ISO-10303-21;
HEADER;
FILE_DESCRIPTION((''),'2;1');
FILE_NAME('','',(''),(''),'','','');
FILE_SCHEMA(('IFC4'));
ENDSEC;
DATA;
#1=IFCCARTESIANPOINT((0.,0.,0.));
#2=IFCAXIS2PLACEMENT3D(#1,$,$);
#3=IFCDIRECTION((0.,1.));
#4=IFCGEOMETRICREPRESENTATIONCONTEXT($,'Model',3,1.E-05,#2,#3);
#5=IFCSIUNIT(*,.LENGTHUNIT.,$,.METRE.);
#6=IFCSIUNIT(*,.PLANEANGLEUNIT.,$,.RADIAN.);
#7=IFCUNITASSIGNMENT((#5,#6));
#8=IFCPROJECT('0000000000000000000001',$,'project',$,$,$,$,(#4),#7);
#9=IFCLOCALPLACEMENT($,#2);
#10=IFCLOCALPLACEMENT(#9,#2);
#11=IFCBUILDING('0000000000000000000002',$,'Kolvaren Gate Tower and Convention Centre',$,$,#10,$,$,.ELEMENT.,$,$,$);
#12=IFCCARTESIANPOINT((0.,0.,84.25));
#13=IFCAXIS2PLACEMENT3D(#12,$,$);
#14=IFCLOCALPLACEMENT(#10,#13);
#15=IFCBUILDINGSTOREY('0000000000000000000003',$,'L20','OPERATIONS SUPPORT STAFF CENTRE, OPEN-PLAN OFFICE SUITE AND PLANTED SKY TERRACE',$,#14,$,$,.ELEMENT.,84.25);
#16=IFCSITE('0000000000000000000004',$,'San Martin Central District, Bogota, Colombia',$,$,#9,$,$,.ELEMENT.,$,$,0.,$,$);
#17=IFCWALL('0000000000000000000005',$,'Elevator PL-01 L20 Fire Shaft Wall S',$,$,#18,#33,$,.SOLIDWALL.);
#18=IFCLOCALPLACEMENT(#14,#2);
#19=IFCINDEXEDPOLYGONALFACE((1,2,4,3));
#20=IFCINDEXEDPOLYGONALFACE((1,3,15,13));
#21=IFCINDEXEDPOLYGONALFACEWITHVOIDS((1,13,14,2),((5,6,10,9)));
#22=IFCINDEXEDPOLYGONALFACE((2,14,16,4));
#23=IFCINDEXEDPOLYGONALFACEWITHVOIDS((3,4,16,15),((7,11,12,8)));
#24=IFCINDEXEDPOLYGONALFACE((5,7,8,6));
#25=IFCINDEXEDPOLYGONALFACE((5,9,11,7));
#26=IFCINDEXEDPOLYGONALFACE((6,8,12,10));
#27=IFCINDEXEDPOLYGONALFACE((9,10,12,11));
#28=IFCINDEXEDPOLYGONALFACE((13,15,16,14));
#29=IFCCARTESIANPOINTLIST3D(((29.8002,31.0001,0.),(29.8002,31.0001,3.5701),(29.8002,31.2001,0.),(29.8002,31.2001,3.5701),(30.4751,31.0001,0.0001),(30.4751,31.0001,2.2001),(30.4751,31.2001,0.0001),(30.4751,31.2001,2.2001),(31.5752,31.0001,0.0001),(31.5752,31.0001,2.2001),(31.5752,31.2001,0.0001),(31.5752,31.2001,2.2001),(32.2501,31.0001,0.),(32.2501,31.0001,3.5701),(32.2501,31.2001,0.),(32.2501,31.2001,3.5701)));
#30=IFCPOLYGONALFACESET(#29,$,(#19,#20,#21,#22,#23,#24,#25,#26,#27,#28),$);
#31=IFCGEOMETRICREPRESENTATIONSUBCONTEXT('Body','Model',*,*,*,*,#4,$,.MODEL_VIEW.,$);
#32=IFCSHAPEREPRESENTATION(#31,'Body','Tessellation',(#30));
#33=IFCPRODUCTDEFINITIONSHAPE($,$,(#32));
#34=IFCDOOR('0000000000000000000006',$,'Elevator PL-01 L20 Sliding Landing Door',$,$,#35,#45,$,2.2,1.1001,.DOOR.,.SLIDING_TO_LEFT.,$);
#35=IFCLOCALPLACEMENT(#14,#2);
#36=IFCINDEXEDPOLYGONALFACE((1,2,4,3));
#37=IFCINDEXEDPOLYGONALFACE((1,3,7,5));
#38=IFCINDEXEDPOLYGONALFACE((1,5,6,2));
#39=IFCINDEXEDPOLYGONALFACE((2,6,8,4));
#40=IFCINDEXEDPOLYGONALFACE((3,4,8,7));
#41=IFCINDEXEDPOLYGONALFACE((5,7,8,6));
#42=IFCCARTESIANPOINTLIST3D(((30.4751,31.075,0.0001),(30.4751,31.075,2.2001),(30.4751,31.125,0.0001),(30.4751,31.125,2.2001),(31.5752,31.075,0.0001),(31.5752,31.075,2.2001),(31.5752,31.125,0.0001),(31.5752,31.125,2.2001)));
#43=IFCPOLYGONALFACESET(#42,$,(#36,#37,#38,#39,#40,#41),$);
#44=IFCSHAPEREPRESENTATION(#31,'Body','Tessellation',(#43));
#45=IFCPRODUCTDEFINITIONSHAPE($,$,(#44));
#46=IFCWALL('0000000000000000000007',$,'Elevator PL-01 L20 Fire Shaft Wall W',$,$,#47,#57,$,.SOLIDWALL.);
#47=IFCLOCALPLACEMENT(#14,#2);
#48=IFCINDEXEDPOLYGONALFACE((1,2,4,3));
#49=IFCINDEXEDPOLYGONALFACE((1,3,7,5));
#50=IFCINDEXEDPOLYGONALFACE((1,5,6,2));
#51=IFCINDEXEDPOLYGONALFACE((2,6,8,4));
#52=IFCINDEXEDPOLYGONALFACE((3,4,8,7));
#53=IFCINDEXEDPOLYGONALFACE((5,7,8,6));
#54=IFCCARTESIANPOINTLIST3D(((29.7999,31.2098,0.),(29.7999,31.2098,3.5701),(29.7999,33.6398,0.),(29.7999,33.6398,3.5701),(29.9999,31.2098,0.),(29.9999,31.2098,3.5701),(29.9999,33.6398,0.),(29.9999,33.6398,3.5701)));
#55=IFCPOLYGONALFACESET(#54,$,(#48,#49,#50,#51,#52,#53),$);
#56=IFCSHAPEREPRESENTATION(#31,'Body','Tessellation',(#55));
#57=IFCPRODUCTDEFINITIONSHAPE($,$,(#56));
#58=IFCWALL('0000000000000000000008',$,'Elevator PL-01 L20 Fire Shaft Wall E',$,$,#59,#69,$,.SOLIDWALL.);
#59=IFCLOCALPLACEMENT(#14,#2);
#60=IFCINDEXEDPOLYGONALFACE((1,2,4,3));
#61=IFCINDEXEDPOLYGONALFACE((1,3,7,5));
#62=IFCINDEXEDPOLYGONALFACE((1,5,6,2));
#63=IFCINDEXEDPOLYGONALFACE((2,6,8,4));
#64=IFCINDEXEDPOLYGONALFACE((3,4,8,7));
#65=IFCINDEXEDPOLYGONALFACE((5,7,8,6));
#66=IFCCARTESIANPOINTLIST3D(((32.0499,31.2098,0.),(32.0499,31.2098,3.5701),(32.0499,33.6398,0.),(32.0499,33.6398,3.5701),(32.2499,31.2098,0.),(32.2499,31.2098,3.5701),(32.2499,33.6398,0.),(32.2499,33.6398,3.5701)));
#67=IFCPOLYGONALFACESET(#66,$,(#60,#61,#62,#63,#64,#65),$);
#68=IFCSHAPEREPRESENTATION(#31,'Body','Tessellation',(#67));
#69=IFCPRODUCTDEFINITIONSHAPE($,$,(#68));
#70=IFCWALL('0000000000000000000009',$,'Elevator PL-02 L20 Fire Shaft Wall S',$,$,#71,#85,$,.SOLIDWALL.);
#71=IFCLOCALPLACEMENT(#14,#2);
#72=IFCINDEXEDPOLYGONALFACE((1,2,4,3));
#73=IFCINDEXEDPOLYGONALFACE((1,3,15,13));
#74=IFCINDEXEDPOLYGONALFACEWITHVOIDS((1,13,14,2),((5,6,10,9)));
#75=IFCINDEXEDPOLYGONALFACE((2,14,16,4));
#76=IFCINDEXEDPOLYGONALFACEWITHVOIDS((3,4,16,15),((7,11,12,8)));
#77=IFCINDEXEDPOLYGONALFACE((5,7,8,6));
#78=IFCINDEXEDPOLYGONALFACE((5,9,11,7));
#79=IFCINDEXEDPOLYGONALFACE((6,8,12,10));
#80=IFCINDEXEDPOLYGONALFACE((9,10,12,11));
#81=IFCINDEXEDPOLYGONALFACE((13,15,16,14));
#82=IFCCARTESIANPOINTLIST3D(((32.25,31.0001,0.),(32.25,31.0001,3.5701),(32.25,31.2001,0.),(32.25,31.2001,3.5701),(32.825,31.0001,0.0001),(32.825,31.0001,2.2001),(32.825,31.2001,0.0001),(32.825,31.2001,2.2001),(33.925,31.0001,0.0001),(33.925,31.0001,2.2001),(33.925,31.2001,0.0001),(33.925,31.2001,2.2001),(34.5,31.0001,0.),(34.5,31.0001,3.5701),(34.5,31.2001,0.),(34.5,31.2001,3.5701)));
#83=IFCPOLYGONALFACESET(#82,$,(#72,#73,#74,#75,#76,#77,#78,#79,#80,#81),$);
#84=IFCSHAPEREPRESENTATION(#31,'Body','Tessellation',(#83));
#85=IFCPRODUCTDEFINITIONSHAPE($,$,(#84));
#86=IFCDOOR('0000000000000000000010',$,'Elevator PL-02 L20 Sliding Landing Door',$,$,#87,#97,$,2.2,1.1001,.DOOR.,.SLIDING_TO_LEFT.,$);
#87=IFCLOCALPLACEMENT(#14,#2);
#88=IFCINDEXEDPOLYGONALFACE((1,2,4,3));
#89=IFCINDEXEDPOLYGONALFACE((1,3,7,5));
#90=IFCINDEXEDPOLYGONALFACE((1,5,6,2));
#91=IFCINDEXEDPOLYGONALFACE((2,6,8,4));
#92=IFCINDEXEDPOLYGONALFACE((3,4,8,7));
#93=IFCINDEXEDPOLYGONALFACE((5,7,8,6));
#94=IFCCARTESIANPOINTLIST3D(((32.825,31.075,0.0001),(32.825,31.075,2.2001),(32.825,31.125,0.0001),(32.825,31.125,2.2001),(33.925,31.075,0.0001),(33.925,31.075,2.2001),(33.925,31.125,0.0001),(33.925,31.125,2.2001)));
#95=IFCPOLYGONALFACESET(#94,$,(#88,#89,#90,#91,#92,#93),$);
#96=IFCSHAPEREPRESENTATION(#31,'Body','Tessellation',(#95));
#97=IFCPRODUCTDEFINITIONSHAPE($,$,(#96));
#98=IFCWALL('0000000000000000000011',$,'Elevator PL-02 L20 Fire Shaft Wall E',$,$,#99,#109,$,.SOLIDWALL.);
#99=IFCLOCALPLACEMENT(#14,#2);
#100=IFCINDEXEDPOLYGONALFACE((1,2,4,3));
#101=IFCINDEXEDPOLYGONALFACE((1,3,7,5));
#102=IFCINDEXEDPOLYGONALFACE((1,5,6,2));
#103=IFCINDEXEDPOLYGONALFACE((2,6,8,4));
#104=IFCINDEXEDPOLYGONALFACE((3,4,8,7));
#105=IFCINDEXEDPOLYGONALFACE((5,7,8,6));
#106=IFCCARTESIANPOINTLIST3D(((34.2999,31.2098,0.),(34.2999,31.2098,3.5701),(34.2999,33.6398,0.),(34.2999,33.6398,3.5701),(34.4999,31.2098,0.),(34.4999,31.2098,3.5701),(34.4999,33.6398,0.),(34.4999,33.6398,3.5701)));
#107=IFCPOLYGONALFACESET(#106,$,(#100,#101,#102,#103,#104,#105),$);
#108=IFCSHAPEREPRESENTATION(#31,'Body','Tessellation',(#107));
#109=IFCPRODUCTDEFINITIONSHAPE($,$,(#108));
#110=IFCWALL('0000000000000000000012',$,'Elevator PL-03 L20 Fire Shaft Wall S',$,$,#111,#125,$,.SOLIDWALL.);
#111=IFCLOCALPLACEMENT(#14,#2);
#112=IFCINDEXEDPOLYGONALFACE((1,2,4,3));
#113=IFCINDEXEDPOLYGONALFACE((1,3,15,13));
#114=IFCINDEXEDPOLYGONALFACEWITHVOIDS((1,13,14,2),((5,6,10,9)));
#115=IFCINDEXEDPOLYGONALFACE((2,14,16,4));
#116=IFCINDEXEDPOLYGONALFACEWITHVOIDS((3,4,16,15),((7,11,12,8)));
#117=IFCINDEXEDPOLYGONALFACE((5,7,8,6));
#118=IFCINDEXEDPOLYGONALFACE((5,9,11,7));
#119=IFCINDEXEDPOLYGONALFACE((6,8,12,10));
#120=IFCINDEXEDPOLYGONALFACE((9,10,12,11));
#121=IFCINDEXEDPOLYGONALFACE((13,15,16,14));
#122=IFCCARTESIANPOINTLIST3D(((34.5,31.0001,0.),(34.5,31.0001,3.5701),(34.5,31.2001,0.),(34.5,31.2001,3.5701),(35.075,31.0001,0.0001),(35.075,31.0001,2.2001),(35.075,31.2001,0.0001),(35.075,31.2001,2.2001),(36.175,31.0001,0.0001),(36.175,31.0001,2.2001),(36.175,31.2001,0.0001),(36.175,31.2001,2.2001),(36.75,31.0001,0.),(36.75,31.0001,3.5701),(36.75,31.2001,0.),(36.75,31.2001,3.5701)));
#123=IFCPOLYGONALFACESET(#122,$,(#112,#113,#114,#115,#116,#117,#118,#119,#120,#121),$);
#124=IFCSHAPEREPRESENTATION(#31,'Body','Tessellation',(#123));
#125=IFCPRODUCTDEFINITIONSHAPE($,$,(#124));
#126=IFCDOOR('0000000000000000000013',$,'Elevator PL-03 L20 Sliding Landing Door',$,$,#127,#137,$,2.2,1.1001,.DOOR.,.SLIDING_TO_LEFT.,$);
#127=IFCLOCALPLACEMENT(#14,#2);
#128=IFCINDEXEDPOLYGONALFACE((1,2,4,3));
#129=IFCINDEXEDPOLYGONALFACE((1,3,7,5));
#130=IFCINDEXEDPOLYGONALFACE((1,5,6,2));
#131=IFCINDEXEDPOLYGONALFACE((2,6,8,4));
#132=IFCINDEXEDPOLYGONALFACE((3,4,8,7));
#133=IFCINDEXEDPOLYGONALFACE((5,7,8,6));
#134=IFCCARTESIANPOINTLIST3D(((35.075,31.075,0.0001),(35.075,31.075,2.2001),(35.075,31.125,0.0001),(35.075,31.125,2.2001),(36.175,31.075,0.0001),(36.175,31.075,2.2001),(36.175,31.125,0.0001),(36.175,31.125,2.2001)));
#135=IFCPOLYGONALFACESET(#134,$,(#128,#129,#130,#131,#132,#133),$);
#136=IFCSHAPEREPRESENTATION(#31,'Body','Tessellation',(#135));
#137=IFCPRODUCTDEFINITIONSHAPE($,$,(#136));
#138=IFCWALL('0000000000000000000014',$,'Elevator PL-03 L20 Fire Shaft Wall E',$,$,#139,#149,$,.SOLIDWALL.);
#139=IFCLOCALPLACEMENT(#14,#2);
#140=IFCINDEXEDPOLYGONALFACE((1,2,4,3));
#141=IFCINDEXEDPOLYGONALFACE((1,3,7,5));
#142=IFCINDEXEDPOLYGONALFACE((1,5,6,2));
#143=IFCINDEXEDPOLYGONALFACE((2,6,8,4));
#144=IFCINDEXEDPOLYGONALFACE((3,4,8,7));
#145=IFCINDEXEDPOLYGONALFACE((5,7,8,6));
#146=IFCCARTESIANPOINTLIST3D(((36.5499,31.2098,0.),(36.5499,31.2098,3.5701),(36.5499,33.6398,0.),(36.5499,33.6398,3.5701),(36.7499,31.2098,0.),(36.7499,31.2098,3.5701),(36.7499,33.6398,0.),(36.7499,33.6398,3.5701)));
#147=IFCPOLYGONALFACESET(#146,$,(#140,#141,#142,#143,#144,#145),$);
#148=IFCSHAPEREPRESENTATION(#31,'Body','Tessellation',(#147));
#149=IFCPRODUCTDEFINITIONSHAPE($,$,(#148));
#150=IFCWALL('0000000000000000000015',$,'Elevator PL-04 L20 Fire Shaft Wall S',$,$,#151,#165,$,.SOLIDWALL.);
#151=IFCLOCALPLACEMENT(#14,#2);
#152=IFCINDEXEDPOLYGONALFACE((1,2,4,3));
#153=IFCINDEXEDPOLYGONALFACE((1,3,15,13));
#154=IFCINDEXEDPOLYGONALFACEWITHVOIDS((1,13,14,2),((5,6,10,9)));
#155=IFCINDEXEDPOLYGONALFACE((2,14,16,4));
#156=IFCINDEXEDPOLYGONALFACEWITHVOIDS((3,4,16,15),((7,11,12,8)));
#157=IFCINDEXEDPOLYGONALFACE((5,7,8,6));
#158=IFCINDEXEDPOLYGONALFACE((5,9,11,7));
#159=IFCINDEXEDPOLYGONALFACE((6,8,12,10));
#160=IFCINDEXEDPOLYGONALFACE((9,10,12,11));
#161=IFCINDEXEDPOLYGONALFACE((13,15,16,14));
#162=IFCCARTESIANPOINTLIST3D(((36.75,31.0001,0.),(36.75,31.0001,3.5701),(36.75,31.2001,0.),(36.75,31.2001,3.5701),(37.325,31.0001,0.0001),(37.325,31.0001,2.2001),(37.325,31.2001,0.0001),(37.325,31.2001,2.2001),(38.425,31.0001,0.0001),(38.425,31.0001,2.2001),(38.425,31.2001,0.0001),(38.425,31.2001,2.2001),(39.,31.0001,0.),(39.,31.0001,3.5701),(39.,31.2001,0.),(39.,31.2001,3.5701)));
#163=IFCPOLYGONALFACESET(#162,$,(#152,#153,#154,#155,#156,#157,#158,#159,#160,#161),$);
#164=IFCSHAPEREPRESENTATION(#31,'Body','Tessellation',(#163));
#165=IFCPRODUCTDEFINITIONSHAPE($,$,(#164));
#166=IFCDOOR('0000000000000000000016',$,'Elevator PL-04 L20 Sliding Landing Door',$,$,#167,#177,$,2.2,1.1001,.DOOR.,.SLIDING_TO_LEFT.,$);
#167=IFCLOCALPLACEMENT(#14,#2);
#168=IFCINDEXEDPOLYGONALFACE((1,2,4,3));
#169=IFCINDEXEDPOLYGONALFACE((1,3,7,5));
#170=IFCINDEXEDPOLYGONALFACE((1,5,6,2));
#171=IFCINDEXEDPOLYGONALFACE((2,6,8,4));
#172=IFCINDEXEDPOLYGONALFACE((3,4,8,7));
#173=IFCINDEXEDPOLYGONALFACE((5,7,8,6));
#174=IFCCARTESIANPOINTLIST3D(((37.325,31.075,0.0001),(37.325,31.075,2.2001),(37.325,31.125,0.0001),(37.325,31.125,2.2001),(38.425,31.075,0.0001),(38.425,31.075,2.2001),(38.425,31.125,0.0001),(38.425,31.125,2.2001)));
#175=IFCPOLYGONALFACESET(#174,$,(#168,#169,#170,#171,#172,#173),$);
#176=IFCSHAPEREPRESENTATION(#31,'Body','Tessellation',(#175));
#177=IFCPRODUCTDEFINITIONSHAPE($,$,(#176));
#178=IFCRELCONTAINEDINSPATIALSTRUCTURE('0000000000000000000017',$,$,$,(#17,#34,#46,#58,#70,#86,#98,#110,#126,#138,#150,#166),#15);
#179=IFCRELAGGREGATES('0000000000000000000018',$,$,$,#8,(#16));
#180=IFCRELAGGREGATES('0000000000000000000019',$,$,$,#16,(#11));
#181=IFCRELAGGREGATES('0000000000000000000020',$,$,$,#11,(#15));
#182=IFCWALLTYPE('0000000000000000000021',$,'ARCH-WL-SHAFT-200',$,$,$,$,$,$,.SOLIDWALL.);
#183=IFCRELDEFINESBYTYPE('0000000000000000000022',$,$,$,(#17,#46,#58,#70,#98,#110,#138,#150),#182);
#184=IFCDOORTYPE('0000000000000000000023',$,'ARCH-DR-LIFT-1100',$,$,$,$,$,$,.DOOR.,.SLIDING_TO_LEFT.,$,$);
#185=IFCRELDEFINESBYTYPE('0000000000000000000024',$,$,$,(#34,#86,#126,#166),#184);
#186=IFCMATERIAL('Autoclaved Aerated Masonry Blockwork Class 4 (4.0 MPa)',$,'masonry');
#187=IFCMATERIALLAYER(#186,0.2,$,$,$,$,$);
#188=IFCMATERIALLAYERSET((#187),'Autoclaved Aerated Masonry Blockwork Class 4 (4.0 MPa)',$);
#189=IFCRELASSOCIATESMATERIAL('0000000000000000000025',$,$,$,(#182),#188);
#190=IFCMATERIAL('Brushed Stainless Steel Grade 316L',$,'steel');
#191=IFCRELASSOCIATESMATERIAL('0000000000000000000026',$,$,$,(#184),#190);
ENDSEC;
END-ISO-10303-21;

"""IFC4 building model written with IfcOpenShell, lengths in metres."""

from ifc_helpers import new_model, si_unit, direction, frame, frame_2d, origin, place, context, subcontext, project, spatial, rectangle, extrude, material, layer, layer_set, type_object, element, fill, save


model = new_model("IFC4")

# Units and contexts
model_context = context("Model", 3, precision=1e-05, world=origin(), true_north=direction((0.0, 1.0)))
body_context = subcontext(model_context, "Body", "Model", "MODEL_VIEW")
ifc_project = project(units=[si_unit("LENGTHUNIT", "METRE"), si_unit("PLANEANGLEUNIT", "RADIAN")], contexts=[model_context])

# Site, building, storey
site_placement = place(None, origin())
site = spatial("IfcSite", under=ifc_project, at=site_placement, Name="San Martin Central District, Bogota, Colombia", CompositionType="ELEMENT", RefElevation=0.0)
building_placement = place(site_placement, origin())
building = spatial("IfcBuilding", under=site, at=building_placement, Name="Kolvaren Gate Tower and Convention Centre", CompositionType="ELEMENT")
storey_placement = place(building_placement, frame((0.0, 0.0, 84.25)))
storey = spatial("IfcBuildingStorey", under=building, at=storey_placement, Name="L20", Description="OPERATIONS SUPPORT STAFF CENTRE, OPEN-PLAN OFFICE SUITE AND PLANTED SKY TERRACE", CompositionType="ELEMENT", Elevation=84.25)

# Wall, opening, door
ifc_material_1 = material(Name="Autoclaved Aerated Masonry Blockwork Class 4 (4.0 MPa)", Category="masonry")
ifc_layer_1 = layer(ifc_material_1, 0.2)
ifc_layer_set_1 = layer_set([ifc_layer_1], Name="Autoclaved Aerated Masonry Blockwork Class 4 (4.0 MPa)")
wall_type_1 = type_object("IfcWallType", Name="ARCH-WL-SHAFT-200", PredefinedType="SOLIDWALL", material=ifc_layer_set_1)
wall_1_placement = place(storey_placement, frame((29.8, 31.1001, 0.0), z_axis=(0.0, 0.0, 1.0), x_axis=(1.0, 0.0, 0.0)))
wall_1 = element("IfcWall", 1, at=wall_1_placement, inside=storey, type_object=wall_type_1, Name="Elevator PL-01 L20 Fire Shaft Wall S", PredefinedType="SOLIDWALL", context=body_context, shape_type="SweptSolid", body=[
    extrude(rectangle(XDim=2.45, YDim=0.2, at=frame_2d((1.2251, 0.0))), origin(), (0.0, 0.0, 1.0), 3.5701),
])
opening_1_placement = place(wall_1_placement, frame((0.675, 0.0, 0.0)))
opening_1 = element("IfcOpeningElement", 2, at=opening_1_placement, cuts=wall_1, PredefinedType="OPENING", context=body_context, shape_type="SweptSolid", body=[
    extrude(rectangle(XDim=1.1001, YDim=2.2, at=frame_2d((0.55, 1.1001))), frame((0.0, 0.1099, 0.0), z_axis=(0.0, -1.0, 0.0), x_axis=(1.0, 0.0, 0.0)), (0.0, 0.0, 1.0), 0.22),
])
ifc_material_2 = material(Name="Brushed Stainless Steel Grade 316L", Category="steel")
door_type_1 = type_object("IfcDoorType", Name="ARCH-DR-LIFT-1100", OperationType="SLIDING_TO_LEFT", PredefinedType="DOOR", material=ifc_material_2)
door_1_placement = place(opening_1_placement, origin())
door_1 = element("IfcDoor", 3, at=door_1_placement, inside=storey, type_object=door_type_1, Name="Elevator PL-01 L20 Sliding Landing Door", OperationType="SLIDING_TO_LEFT", OverallHeight=2.2, OverallWidth=1.1001, PredefinedType="DOOR", context=body_context, shape_type="SweptSolid", body=[
    extrude(rectangle(XDim=1.1001, YDim=2.2, at=frame_2d((0.55, 1.1001))), frame((0.0, 0.0249, 0.0), z_axis=(0.0, -1.0, 0.0), x_axis=(1.0, 0.0, 0.0)), (0.0, 0.0, 1.0), 0.05),
])
fill(opening_1, door_1)

# Walls
for number, where, z_axis, x_axis, name in (
    (4, (29.8999, 31.21, 0.0), (0.0, 0.0, 1.0), (0.0, 1.0, 0.0), "Elevator PL-01 L20 Fire Shaft Wall W"),
    (5, (32.1499, 31.21, 0.0), (0.0, 0.0, 1.0), (0.0, 1.0, 0.0), "Elevator PL-01 L20 Fire Shaft Wall E"),
):
    element("IfcWall", number, at=place(storey_placement, frame(where, z_axis=z_axis, x_axis=x_axis)), inside=storey, type_object=wall_type_1, Name=name, PredefinedType="SOLIDWALL", context=body_context, shape_type="SweptSolid", body=[
        extrude(rectangle(XDim=2.4299, YDim=0.2, at=frame_2d((1.2148, 0.0))), origin(), (0.0, 0.0, 1.0), 3.5701),
    ])

# Wall, opening, door
wall_2_placement = place(storey_placement, frame((32.25, 31.1001, 0.0), z_axis=(0.0, 0.0, 1.0), x_axis=(1.0, 0.0, 0.0)))
wall_2 = element("IfcWall", 6, at=wall_2_placement, inside=storey, type_object=wall_type_1, Name="Elevator PL-02 L20 Fire Shaft Wall S", PredefinedType="SOLIDWALL", context=body_context, shape_type="SweptSolid", body=[
    extrude(rectangle(XDim=2.25, YDim=0.2, at=frame_2d((1.125, 0.0))), origin(), (0.0, 0.0, 1.0), 3.5701),
])
opening_2_placement = place(wall_2_placement, frame((0.575, 0.0, 0.0)))
opening_2 = element("IfcOpeningElement", 7, at=opening_2_placement, cuts=wall_2, PredefinedType="OPENING", context=body_context, shape_type="SweptSolid", body=[
    extrude(rectangle(XDim=1.1001, YDim=2.2, at=frame_2d((0.55, 1.1001))), frame((0.0, 0.1099, 0.0), z_axis=(0.0, -1.0, 0.0), x_axis=(1.0, 0.0, 0.0)), (0.0, 0.0, 1.0), 0.22),
])
door_2_placement = place(opening_2_placement, origin())
door_2 = element("IfcDoor", 8, at=door_2_placement, inside=storey, type_object=door_type_1, Name="Elevator PL-02 L20 Sliding Landing Door", OperationType="SLIDING_TO_LEFT", OverallHeight=2.2, OverallWidth=1.1001, PredefinedType="DOOR", context=body_context, shape_type="SweptSolid", body=[
    extrude(rectangle(XDim=1.1001, YDim=2.2, at=frame_2d((0.55, 1.1001))), frame((0.0, 0.0249, 0.0), z_axis=(0.0, -1.0, 0.0), x_axis=(1.0, 0.0, 0.0)), (0.0, 0.0, 1.0), 0.05),
])
fill(opening_2, door_2)

# Wall
wall_3_placement = place(storey_placement, frame((34.3999, 31.21, 0.0), z_axis=(0.0, 0.0, 1.0), x_axis=(0.0, 1.0, 0.0)))
element("IfcWall", 9, at=wall_3_placement, inside=storey, type_object=wall_type_1, Name="Elevator PL-02 L20 Fire Shaft Wall E", PredefinedType="SOLIDWALL", context=body_context, shape_type="SweptSolid", body=[
    extrude(rectangle(XDim=2.4299, YDim=0.2, at=frame_2d((1.2148, 0.0))), origin(), (0.0, 0.0, 1.0), 3.5701),
])

# Wall, opening, door
wall_4_placement = place(storey_placement, frame((34.5, 31.1001, 0.0), z_axis=(0.0, 0.0, 1.0), x_axis=(1.0, 0.0, 0.0)))
wall_4 = element("IfcWall", 10, at=wall_4_placement, inside=storey, type_object=wall_type_1, Name="Elevator PL-03 L20 Fire Shaft Wall S", PredefinedType="SOLIDWALL", context=body_context, shape_type="SweptSolid", body=[
    extrude(rectangle(XDim=2.25, YDim=0.2, at=frame_2d((1.125, 0.0))), origin(), (0.0, 0.0, 1.0), 3.5701),
])
opening_3_placement = place(wall_4_placement, frame((0.575, 0.0, 0.0)))
opening_3 = element("IfcOpeningElement", 11, at=opening_3_placement, cuts=wall_4, PredefinedType="OPENING", context=body_context, shape_type="SweptSolid", body=[
    extrude(rectangle(XDim=1.1001, YDim=2.2, at=frame_2d((0.55, 1.1001))), frame((0.0, 0.1099, 0.0), z_axis=(0.0, -1.0, 0.0), x_axis=(1.0, 0.0, 0.0)), (0.0, 0.0, 1.0), 0.22),
])
door_3_placement = place(opening_3_placement, origin())
door_3 = element("IfcDoor", 12, at=door_3_placement, inside=storey, type_object=door_type_1, Name="Elevator PL-03 L20 Sliding Landing Door", OperationType="SLIDING_TO_LEFT", OverallHeight=2.2, OverallWidth=1.1001, PredefinedType="DOOR", context=body_context, shape_type="SweptSolid", body=[
    extrude(rectangle(XDim=1.1001, YDim=2.2, at=frame_2d((0.55, 1.1001))), frame((0.0, 0.0249, 0.0), z_axis=(0.0, -1.0, 0.0), x_axis=(1.0, 0.0, 0.0)), (0.0, 0.0, 1.0), 0.05),
])
fill(opening_3, door_3)

# Wall
wall_5_placement = place(storey_placement, frame((36.6499, 31.21, 0.0), z_axis=(0.0, 0.0, 1.0), x_axis=(0.0, 1.0, 0.0)))
element("IfcWall", 13, at=wall_5_placement, inside=storey, type_object=wall_type_1, Name="Elevator PL-03 L20 Fire Shaft Wall E", PredefinedType="SOLIDWALL", context=body_context, shape_type="SweptSolid", body=[
    extrude(rectangle(XDim=2.4299, YDim=0.2, at=frame_2d((1.2148, 0.0))), origin(), (0.0, 0.0, 1.0), 3.5701),
])

# Wall, opening, door
wall_6_placement = place(storey_placement, frame((36.75, 31.1001, 0.0), z_axis=(0.0, 0.0, 1.0), x_axis=(1.0, 0.0, 0.0)))
wall_6 = element("IfcWall", 14, at=wall_6_placement, inside=storey, type_object=wall_type_1, Name="Elevator PL-04 L20 Fire Shaft Wall S", PredefinedType="SOLIDWALL", context=body_context, shape_type="SweptSolid", body=[
    extrude(rectangle(XDim=2.25, YDim=0.2, at=frame_2d((1.125, 0.0))), origin(), (0.0, 0.0, 1.0), 3.5701),
])
opening_4_placement = place(wall_6_placement, frame((0.575, 0.0, 0.0)))
opening_4 = element("IfcOpeningElement", 15, at=opening_4_placement, cuts=wall_6, PredefinedType="OPENING", context=body_context, shape_type="SweptSolid", body=[
    extrude(rectangle(XDim=1.1001, YDim=2.2, at=frame_2d((0.55, 1.1001))), frame((0.0, 0.1099, 0.0), z_axis=(0.0, -1.0, 0.0), x_axis=(1.0, 0.0, 0.0)), (0.0, 0.0, 1.0), 0.22),
])
door_4_placement = place(opening_4_placement, origin())
door_4 = element("IfcDoor", 16, at=door_4_placement, inside=storey, type_object=door_type_1, Name="Elevator PL-04 L20 Sliding Landing Door", OperationType="SLIDING_TO_LEFT", OverallHeight=2.2, OverallWidth=1.1001, PredefinedType="DOOR", context=body_context, shape_type="SweptSolid", body=[
    extrude(rectangle(XDim=1.1001, YDim=2.2, at=frame_2d((0.55, 1.1001))), frame((0.0, 0.0249, 0.0), z_axis=(0.0, -1.0, 0.0), x_axis=(1.0, 0.0, 0.0)), (0.0, 0.0, 1.0), 0.05),
])
fill(opening_4, door_4)

save(model, "model.ifc")
